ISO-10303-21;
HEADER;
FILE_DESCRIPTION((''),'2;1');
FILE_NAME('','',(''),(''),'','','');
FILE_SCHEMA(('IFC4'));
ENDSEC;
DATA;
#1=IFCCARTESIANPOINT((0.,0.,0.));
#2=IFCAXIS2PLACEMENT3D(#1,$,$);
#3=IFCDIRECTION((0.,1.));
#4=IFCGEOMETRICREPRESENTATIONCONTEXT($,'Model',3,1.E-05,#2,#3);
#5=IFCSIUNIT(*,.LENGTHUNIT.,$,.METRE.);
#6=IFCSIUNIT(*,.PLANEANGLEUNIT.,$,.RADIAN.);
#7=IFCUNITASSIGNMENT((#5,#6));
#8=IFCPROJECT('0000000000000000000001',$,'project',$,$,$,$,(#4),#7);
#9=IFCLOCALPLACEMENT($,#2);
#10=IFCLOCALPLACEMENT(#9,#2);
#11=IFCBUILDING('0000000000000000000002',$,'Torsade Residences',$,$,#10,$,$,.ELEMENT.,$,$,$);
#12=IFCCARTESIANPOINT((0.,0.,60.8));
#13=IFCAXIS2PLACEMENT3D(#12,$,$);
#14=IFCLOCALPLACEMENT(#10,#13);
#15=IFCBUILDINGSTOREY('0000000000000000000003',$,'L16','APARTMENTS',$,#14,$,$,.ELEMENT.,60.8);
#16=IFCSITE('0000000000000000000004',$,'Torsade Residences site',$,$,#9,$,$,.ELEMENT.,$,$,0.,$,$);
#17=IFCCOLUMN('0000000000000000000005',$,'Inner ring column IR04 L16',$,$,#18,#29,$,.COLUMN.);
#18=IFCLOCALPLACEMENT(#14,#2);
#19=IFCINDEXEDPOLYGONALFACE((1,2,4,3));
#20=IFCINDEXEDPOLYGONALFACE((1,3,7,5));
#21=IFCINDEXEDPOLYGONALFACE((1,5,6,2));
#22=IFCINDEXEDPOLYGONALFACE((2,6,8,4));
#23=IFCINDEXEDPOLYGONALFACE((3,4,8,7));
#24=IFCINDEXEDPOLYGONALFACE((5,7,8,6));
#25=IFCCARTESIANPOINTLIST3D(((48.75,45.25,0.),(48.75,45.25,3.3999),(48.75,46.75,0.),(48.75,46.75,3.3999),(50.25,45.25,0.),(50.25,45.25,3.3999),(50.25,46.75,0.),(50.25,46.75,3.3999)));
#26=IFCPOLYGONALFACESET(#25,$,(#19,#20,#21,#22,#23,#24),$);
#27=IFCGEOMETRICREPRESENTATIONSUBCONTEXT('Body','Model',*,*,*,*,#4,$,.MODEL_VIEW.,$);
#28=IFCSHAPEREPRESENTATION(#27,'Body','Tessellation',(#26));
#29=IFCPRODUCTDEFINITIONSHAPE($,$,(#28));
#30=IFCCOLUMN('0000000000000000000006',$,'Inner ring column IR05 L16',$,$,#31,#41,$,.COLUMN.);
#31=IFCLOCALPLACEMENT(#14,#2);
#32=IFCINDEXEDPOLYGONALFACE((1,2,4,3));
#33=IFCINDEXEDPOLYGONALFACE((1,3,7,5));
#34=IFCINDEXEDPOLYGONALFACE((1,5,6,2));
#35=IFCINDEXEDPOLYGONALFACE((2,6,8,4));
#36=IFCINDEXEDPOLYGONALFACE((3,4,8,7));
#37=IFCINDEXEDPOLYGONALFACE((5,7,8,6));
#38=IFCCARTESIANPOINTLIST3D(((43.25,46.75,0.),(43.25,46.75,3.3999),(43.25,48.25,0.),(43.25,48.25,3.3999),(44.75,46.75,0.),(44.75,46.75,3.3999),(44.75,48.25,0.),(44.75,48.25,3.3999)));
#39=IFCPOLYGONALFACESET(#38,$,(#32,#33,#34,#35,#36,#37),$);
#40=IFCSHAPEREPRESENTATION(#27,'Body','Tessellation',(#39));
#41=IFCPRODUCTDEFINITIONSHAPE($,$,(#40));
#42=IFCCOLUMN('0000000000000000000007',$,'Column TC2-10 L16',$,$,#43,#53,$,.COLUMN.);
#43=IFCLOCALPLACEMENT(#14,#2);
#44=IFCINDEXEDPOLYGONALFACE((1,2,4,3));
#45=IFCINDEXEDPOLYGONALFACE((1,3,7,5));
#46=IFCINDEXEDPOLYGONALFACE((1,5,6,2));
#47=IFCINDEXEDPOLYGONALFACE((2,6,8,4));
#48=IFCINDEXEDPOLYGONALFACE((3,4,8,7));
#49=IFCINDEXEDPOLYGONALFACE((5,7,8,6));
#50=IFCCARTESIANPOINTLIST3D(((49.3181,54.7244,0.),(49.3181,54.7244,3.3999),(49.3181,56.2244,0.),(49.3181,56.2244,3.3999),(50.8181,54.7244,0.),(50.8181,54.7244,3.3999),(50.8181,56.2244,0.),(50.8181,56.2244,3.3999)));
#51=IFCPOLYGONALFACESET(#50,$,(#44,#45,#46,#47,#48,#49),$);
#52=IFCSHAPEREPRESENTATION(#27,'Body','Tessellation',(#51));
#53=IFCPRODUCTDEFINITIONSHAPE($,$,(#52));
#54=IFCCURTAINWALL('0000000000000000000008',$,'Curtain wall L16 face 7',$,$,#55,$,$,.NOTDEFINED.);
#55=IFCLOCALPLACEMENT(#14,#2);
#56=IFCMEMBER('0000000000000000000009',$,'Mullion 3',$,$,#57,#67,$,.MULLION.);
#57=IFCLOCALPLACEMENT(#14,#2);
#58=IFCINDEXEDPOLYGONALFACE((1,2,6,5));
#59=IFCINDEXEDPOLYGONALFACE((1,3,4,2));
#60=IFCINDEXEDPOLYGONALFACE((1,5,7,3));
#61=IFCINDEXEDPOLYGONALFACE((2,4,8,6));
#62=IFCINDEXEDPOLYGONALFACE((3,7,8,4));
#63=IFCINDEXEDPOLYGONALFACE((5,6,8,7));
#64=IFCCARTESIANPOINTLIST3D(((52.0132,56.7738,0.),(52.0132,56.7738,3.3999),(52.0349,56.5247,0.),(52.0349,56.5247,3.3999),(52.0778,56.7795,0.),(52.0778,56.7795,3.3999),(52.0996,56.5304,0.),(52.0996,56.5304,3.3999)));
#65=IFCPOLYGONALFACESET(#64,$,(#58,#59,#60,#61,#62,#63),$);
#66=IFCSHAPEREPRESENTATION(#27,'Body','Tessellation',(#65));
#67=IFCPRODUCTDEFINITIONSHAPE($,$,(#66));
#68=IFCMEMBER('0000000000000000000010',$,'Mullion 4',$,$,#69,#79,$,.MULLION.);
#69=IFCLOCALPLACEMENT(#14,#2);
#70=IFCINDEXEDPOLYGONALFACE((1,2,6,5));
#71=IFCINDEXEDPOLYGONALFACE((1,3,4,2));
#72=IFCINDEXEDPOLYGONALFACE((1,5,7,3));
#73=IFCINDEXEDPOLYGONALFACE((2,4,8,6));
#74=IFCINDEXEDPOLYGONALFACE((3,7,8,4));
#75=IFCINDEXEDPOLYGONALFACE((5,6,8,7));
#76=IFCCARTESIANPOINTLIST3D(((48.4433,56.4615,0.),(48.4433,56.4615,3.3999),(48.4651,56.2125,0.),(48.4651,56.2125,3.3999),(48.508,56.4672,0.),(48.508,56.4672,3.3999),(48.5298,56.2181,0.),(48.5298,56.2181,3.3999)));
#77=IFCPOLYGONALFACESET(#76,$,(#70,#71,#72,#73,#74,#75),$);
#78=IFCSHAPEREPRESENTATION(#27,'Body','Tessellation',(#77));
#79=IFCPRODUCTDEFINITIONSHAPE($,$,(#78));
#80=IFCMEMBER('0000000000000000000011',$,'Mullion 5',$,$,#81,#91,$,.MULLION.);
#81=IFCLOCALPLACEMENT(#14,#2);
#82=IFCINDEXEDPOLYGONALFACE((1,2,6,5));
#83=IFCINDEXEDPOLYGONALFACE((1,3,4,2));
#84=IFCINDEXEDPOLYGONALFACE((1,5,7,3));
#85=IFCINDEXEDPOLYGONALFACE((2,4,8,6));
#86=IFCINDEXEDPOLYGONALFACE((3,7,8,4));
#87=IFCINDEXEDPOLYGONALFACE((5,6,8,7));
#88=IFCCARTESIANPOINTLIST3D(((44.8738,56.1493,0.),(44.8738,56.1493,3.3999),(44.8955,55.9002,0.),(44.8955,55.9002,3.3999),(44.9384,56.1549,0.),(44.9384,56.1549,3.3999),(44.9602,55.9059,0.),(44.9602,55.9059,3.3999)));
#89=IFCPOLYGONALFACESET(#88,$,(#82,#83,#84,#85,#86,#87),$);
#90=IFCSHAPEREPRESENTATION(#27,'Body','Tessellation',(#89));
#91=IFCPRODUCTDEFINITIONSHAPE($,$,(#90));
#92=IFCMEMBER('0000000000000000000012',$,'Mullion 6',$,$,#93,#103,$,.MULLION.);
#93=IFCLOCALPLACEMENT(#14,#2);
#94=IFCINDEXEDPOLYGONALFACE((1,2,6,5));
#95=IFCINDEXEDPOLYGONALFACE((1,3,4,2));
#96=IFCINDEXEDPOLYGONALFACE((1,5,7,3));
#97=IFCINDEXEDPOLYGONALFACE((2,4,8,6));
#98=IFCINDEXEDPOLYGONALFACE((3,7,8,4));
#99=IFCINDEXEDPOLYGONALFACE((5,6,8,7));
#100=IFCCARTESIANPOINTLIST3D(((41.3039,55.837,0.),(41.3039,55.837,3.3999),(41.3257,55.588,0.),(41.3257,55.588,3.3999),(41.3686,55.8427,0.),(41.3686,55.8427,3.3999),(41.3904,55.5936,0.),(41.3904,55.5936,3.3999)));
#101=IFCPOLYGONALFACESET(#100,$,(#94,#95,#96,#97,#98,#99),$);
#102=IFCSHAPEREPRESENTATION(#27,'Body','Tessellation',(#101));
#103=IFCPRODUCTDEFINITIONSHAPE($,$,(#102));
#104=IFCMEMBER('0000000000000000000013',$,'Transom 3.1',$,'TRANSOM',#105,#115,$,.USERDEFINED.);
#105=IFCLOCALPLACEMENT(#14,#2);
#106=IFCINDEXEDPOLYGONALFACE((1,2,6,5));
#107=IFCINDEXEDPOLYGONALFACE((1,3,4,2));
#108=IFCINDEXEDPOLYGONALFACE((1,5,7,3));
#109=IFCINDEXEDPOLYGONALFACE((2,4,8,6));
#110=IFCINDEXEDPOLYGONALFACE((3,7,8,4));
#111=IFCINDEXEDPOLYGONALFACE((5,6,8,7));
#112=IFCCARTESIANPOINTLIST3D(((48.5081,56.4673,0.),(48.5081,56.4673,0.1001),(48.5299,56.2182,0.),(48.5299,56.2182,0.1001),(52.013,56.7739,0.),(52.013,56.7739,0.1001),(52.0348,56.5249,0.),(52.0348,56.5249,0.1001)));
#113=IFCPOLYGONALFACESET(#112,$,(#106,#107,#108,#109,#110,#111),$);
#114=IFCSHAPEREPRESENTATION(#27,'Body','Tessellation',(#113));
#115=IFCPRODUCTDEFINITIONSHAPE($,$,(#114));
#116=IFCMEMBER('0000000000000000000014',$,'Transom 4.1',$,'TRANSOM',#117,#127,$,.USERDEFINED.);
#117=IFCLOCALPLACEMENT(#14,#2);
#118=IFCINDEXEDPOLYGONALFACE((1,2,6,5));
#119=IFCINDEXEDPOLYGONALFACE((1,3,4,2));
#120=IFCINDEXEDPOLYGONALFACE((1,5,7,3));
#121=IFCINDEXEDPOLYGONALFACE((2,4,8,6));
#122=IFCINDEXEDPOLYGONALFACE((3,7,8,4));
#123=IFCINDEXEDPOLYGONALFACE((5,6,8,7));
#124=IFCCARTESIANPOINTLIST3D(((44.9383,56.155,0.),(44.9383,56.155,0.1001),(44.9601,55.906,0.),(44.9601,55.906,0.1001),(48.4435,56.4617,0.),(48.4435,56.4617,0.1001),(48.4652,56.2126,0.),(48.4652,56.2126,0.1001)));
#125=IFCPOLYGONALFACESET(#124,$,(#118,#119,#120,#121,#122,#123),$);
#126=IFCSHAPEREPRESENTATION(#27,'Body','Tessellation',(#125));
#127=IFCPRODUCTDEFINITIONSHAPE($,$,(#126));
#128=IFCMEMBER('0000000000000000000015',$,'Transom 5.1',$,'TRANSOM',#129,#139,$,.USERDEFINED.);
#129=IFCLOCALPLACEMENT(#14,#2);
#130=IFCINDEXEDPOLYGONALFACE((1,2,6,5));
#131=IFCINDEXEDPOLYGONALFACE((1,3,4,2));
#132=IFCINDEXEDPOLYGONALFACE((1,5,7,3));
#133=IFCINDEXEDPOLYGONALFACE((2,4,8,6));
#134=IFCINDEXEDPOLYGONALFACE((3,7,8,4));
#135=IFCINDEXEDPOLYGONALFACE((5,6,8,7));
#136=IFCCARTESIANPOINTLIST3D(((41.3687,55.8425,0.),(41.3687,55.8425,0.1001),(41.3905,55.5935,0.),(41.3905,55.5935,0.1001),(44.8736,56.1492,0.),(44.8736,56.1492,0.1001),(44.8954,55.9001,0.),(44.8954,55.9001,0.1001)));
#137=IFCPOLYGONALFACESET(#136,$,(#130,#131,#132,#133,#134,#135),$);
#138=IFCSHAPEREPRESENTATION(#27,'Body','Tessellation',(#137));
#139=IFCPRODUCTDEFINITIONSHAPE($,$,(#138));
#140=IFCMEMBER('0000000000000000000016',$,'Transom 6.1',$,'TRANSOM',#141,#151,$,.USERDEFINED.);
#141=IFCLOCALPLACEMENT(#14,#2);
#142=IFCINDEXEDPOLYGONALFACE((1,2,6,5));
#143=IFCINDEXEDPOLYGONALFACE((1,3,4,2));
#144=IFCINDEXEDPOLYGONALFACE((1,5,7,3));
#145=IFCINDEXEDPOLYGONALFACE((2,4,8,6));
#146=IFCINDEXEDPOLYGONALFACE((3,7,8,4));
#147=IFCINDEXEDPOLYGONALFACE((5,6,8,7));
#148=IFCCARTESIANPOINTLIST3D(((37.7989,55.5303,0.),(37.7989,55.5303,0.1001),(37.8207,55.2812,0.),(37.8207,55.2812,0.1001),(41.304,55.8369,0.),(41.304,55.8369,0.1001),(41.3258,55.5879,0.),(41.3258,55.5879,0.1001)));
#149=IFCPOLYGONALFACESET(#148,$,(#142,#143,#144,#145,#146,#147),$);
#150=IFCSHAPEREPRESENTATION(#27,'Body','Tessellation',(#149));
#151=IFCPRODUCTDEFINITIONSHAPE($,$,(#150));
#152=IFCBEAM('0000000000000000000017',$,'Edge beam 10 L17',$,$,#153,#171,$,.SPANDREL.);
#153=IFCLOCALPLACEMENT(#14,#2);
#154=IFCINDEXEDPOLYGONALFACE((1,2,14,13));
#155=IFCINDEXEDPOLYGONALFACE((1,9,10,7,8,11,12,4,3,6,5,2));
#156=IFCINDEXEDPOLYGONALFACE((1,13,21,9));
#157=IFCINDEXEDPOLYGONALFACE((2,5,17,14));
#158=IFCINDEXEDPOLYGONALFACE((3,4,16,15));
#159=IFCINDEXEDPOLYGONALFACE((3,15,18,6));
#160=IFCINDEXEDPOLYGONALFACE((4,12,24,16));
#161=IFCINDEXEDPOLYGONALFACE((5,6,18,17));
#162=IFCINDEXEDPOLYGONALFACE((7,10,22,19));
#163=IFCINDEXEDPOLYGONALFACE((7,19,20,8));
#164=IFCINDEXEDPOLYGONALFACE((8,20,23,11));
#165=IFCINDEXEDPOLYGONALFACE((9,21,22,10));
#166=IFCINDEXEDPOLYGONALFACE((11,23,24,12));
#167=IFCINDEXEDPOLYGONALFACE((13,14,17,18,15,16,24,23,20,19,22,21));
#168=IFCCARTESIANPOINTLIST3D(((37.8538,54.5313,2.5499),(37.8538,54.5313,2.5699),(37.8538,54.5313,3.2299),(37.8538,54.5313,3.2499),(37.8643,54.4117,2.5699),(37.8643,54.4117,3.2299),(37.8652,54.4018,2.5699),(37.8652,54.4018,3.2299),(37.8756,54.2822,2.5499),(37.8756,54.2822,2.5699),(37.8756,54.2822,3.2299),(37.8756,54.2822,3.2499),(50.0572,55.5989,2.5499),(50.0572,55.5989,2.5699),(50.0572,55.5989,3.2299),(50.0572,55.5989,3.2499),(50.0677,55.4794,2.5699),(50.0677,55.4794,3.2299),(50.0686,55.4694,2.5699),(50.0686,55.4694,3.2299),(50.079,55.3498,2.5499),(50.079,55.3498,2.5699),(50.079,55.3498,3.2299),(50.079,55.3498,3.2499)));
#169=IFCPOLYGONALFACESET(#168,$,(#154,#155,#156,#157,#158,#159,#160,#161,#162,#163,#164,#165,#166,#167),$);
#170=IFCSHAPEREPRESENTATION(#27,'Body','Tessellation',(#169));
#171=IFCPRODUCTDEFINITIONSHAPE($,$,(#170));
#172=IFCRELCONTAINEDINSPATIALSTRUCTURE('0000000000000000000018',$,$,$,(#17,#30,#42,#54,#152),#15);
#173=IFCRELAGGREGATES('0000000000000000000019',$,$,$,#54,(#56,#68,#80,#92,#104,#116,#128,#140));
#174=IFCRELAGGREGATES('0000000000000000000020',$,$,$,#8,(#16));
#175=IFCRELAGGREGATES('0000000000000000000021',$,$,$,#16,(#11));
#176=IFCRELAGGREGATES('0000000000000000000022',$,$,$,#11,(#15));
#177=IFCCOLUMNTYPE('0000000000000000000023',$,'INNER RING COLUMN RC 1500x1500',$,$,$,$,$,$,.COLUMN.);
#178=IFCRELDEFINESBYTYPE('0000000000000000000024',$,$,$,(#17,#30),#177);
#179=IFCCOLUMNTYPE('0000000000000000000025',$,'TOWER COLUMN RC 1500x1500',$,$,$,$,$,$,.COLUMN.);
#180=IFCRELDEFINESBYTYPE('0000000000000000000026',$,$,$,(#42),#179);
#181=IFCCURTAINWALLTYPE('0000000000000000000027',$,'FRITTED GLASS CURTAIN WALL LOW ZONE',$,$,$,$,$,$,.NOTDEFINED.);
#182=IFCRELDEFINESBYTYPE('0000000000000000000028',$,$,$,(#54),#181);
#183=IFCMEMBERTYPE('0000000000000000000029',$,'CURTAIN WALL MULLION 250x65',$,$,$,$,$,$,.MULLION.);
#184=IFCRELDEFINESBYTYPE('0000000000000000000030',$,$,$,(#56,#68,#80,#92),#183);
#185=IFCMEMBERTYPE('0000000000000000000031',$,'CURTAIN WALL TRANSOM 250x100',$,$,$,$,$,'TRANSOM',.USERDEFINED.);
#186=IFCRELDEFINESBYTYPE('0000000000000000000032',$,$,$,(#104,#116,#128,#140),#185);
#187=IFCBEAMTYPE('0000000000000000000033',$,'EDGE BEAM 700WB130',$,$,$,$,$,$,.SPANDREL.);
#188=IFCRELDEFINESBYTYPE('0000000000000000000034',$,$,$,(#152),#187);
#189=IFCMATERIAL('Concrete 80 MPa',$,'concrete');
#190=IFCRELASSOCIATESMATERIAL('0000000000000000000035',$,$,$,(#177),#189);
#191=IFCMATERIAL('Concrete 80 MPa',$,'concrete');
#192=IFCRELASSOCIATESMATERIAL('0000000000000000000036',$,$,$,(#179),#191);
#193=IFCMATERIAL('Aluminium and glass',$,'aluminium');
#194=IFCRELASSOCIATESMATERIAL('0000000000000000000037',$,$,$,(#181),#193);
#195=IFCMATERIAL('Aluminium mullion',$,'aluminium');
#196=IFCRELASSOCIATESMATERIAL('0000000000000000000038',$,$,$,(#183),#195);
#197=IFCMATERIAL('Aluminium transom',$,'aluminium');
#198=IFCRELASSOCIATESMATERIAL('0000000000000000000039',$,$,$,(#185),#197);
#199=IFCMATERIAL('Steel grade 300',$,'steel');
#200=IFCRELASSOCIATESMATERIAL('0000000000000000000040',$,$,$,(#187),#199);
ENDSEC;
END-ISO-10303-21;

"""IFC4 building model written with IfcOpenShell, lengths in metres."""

from ifc_helpers import new_model, si_unit, direction, frame, origin, origin_2d, place, context, subcontext, project, spatial, rectangle, i_section, extrude, material, material_profile, profile_set, type_object, element, aggregate, save


model = new_model("IFC4")

# Units and contexts
model_context = context("Model", 3, precision=1e-05, world=origin(), true_north=direction((0.0, 1.0)))
body_context = subcontext(model_context, "Body", "Model", "MODEL_VIEW")
ifc_project = project(units=[si_unit("LENGTHUNIT", "METRE"), si_unit("PLANEANGLEUNIT", "RADIAN")], contexts=[model_context])

# Site, building, storey
site_placement = place(None, origin())
site = spatial("IfcSite", under=ifc_project, at=site_placement, Name="Torsade Residences site", CompositionType="ELEMENT", RefElevation=0.0)
building_placement = place(site_placement, origin())
building = spatial("IfcBuilding", under=site, at=building_placement, Name="Torsade Residences", CompositionType="ELEMENT")
storey_placement = place(building_placement, frame((0.0, 0.0, 60.8)))
storey = spatial("IfcBuildingStorey", under=building, at=storey_placement, Name="L16", Description="APARTMENTS", CompositionType="ELEMENT", Elevation=60.8)

# Columns
ifc_material_1 = material(Name="Concrete 80 MPa", Category="concrete")
ifc_material_profile_1 = material_profile(ifc_material_1, rectangle(XDim=1.5, YDim=1.5, at=origin_2d()), Name="RC 1500x1500")
ifc_profile_set_1 = profile_set([ifc_material_profile_1], Name="Concrete 80 MPa")
column_type_1 = type_object("IfcColumnType", Name="INNER RING COLUMN RC 1500x1500", PredefinedType="COLUMN", material=ifc_profile_set_1)
for number, where, z_axis, x_axis, name in (
    (1, (49.5, 46.0, 0.0), (0.0, 0.0, 1.0), (1.0, 0.0, 0.0), "Inner ring column IR04 L16"),
    (2, (44.0, 47.5, 0.0), (0.0, 0.0, 1.0), (1.0, 0.0, 0.0), "Inner ring column IR05 L16"),
):
    element("IfcColumn", number, at=place(storey_placement, frame(where, z_axis=z_axis, x_axis=x_axis)), inside=storey, type_object=column_type_1, Name=name, PredefinedType="COLUMN", context=body_context, shape_type="SweptSolid", body=[
        extrude(rectangle(XDim=1.5, YDim=1.5, at=origin_2d()), origin(), (0.0, 0.0, 1.0), 3.3999),
    ])
ifc_material_2 = material(Name="Concrete 80 MPa", Category="concrete")
ifc_material_profile_2 = material_profile(ifc_material_2, rectangle(XDim=1.5, YDim=1.5, at=origin_2d()), Name="RC 1500x1500")
ifc_profile_set_2 = profile_set([ifc_material_profile_2], Name="Concrete 80 MPa")
column_type_2 = type_object("IfcColumnType", Name="TOWER COLUMN RC 1500x1500", PredefinedType="COLUMN", material=ifc_profile_set_2)
column_placement = place(storey_placement, frame((50.0681, 55.4744, 0.0), z_axis=(0.0, 0.0, 1.0), x_axis=(1.0, 0.0, 0.0)))
element("IfcColumn", 3, at=column_placement, inside=storey, type_object=column_type_2, Name="Column TC2-10 L16", PredefinedType="COLUMN", context=body_context, shape_type="SweptSolid", body=[
    extrude(rectangle(XDim=1.5, YDim=1.5, at=origin_2d()), origin(), (0.0, 0.0, 1.0), 3.3999),
])

# Curtain wall, members
ifc_material_3 = material(Name="Aluminium and glass", Category="aluminium")
curtain_wall_type = type_object("IfcCurtainWallType", Name="FRITTED GLASS CURTAIN WALL LOW ZONE", PredefinedType="NOTDEFINED", material=ifc_material_3)
curtain_wall_placement = place(storey_placement, origin())
curtain_wall = element("IfcCurtainWall", 4, at=curtain_wall_placement, inside=storey, type_object=curtain_wall_type, Name="Curtain wall L16 face 7", PredefinedType="NOTDEFINED")
ifc_material_4 = material(Name="Aluminium mullion", Category="aluminium")
ifc_material_profile_3 = material_profile(ifc_material_4, rectangle(XDim=0.25, YDim=0.0649, at=origin_2d()), Name="CURTAIN WALL MULLION 250x65")
ifc_profile_set_3 = profile_set([ifc_material_profile_3], Name="Aluminium mullion")
member_type_1 = type_object("IfcMemberType", Name="CURTAIN WALL MULLION 250x65", PredefinedType="MULLION", material=ifc_profile_set_3)
member_1_placement = place(storey_placement, frame((52.0564, 56.6521, 0.0), z_axis=(0.0, 0.0, 1.0), x_axis=(0.087156, -0.996195, 0.0)))
member_1 = element("IfcMember", 5, at=member_1_placement, type_object=member_type_1, Name="Mullion 3", PredefinedType="MULLION", context=body_context, shape_type="SweptSolid", body=[
    extrude(rectangle(XDim=0.25, YDim=0.0649, at=origin_2d()), origin(), (0.0, 0.0, 1.0), 3.3999),
])
member_2_placement = place(storey_placement, frame((48.4866, 56.3398, 0.0), z_axis=(0.0, 0.0, 1.0), x_axis=(0.087156, -0.996195, 0.0)))
member_2 = element("IfcMember", 6, at=member_2_placement, type_object=member_type_1, Name="Mullion 4", PredefinedType="MULLION", context=body_context, shape_type="SweptSolid", body=[
    extrude(rectangle(XDim=0.25, YDim=0.0649, at=origin_2d()), origin(), (0.0, 0.0, 1.0), 3.3999),
])
member_3_placement = place(storey_placement, frame((44.917, 56.0276, 0.0), z_axis=(0.0, 0.0, 1.0), x_axis=(0.087156, -0.996195, 0.0)))
member_3 = element("IfcMember", 7, at=member_3_placement, type_object=member_type_1, Name="Mullion 5", PredefinedType="MULLION", context=body_context, shape_type="SweptSolid", body=[
    extrude(rectangle(XDim=0.25, YDim=0.0649, at=origin_2d()), origin(), (0.0, 0.0, 1.0), 3.3999),
])
member_4_placement = place(storey_placement, frame((41.3472, 55.7153, 0.0), z_axis=(0.0, 0.0, 1.0), x_axis=(0.087156, -0.996195, 0.0)))
member_4 = element("IfcMember", 8, at=member_4_placement, type_object=member_type_1, Name="Mullion 6", PredefinedType="MULLION", context=body_context, shape_type="SweptSolid", body=[
    extrude(rectangle(XDim=0.25, YDim=0.0649, at=origin_2d()), origin(), (0.0, 0.0, 1.0), 3.3999),
])
ifc_material_5 = material(Name="Aluminium transom", Category="aluminium")
ifc_material_profile_4 = material_profile(ifc_material_5, rectangle(XDim=0.25, YDim=0.1001, at=origin_2d()), Name="CURTAIN WALL TRANSOM 250x100")
ifc_profile_set_4 = profile_set([ifc_material_profile_4], Name="Aluminium transom")
member_type_2 = type_object("IfcMemberType", Name="CURTAIN WALL TRANSOM 250x100", ElementType="TRANSOM", PredefinedType="USERDEFINED", material=ifc_profile_set_4)
member_5_placement = place(storey_placement, frame((52.0239, 56.6494, 0.05), z_axis=(-0.996195, -0.087157, 0.0), x_axis=(0.087157, -0.996195, 0.0)))
member_5 = element("IfcMember", 9, at=member_5_placement, type_object=member_type_2, Name="Transom 3.1", ObjectType="TRANSOM", PredefinedType="USERDEFINED", context=body_context, shape_type="SweptSolid", body=[
    extrude(rectangle(XDim=0.25, YDim=0.1001, at=origin_2d()), origin(), (0.0, 0.0, 1.0), 3.5183),
])
member_6_placement = place(storey_placement, frame((48.4543, 56.3372, 0.05), z_axis=(-0.996195, -0.087151, 0.0), x_axis=(0.087151, -0.996195, 0.0)))
member_6 = element("IfcMember", 10, at=member_6_placement, type_object=member_type_2, Name="Transom 4.1", ObjectType="TRANSOM", PredefinedType="USERDEFINED", context=body_context, shape_type="SweptSolid", body=[
    extrude(rectangle(XDim=0.25, YDim=0.1001, at=origin_2d()), origin(), (0.0, 0.0, 1.0), 3.5186),
])
member_7_placement = place(storey_placement, frame((44.8845, 56.0247, 0.05), z_axis=(-0.996195, -0.087157, 0.0), x_axis=(0.087157, -0.996195, 0.0)))
member_7 = element("IfcMember", 11, at=member_7_placement, type_object=member_type_2, Name="Transom 5.1", ObjectType="TRANSOM", PredefinedType="USERDEFINED", context=body_context, shape_type="SweptSolid", body=[
    extrude(rectangle(XDim=0.25, YDim=0.1001, at=origin_2d()), origin(), (0.0, 0.0, 1.0), 3.5183),
])
member_8_placement = place(storey_placement, frame((41.3149, 55.7124, 0.05), z_axis=(-0.996195, -0.087151, 0.0), x_axis=(0.087151, -0.996195, 0.0)))
member_8 = element("IfcMember", 12, at=member_8_placement, type_object=member_type_2, Name="Transom 6.1", ObjectType="TRANSOM", PredefinedType="USERDEFINED", context=body_context, shape_type="SweptSolid", body=[
    extrude(rectangle(XDim=0.25, YDim=0.1001, at=origin_2d()), origin(), (0.0, 0.0, 1.0), 3.5186),
])

# Beam
ifc_material_6 = material(Name="Steel grade 300", Category="steel")
ifc_material_profile_5 = material_profile(ifc_material_6, i_section(OverallWidth=0.25, OverallDepth=0.7, WebThickness=0.01, FlangeThickness=0.02, at=origin_2d()), Name="700WB130")
ifc_profile_set_5 = profile_set([ifc_material_profile_5], Name="Steel grade 300")
beam_type_1 = type_object("IfcBeamType", Name="EDGE BEAM 700WB130", PredefinedType="SPANDREL", material=ifc_profile_set_5)
beam_1_placement = place(storey_placement, frame((50.0681, 55.4744, 2.8999), z_axis=(-0.996195, -0.087153, 0.0), x_axis=(0.087153, -0.996195, 0.0)))
element("IfcBeam", 13, at=beam_1_placement, inside=storey, type_object=beam_type_1, Name="Edge beam 10 L17", PredefinedType="SPANDREL", context=body_context, shape_type="SweptSolid", body=[
    extrude(i_section(OverallWidth=0.25, OverallDepth=0.7, WebThickness=0.01, FlangeThickness=0.02, at=origin_2d()), origin(), (0.0, 0.0, 1.0), 12.25),
])

aggregate(curtain_wall, [member_1, member_2, member_3, member_4, member_5, member_6, member_7, member_8])

save(model, "model.ifc")
